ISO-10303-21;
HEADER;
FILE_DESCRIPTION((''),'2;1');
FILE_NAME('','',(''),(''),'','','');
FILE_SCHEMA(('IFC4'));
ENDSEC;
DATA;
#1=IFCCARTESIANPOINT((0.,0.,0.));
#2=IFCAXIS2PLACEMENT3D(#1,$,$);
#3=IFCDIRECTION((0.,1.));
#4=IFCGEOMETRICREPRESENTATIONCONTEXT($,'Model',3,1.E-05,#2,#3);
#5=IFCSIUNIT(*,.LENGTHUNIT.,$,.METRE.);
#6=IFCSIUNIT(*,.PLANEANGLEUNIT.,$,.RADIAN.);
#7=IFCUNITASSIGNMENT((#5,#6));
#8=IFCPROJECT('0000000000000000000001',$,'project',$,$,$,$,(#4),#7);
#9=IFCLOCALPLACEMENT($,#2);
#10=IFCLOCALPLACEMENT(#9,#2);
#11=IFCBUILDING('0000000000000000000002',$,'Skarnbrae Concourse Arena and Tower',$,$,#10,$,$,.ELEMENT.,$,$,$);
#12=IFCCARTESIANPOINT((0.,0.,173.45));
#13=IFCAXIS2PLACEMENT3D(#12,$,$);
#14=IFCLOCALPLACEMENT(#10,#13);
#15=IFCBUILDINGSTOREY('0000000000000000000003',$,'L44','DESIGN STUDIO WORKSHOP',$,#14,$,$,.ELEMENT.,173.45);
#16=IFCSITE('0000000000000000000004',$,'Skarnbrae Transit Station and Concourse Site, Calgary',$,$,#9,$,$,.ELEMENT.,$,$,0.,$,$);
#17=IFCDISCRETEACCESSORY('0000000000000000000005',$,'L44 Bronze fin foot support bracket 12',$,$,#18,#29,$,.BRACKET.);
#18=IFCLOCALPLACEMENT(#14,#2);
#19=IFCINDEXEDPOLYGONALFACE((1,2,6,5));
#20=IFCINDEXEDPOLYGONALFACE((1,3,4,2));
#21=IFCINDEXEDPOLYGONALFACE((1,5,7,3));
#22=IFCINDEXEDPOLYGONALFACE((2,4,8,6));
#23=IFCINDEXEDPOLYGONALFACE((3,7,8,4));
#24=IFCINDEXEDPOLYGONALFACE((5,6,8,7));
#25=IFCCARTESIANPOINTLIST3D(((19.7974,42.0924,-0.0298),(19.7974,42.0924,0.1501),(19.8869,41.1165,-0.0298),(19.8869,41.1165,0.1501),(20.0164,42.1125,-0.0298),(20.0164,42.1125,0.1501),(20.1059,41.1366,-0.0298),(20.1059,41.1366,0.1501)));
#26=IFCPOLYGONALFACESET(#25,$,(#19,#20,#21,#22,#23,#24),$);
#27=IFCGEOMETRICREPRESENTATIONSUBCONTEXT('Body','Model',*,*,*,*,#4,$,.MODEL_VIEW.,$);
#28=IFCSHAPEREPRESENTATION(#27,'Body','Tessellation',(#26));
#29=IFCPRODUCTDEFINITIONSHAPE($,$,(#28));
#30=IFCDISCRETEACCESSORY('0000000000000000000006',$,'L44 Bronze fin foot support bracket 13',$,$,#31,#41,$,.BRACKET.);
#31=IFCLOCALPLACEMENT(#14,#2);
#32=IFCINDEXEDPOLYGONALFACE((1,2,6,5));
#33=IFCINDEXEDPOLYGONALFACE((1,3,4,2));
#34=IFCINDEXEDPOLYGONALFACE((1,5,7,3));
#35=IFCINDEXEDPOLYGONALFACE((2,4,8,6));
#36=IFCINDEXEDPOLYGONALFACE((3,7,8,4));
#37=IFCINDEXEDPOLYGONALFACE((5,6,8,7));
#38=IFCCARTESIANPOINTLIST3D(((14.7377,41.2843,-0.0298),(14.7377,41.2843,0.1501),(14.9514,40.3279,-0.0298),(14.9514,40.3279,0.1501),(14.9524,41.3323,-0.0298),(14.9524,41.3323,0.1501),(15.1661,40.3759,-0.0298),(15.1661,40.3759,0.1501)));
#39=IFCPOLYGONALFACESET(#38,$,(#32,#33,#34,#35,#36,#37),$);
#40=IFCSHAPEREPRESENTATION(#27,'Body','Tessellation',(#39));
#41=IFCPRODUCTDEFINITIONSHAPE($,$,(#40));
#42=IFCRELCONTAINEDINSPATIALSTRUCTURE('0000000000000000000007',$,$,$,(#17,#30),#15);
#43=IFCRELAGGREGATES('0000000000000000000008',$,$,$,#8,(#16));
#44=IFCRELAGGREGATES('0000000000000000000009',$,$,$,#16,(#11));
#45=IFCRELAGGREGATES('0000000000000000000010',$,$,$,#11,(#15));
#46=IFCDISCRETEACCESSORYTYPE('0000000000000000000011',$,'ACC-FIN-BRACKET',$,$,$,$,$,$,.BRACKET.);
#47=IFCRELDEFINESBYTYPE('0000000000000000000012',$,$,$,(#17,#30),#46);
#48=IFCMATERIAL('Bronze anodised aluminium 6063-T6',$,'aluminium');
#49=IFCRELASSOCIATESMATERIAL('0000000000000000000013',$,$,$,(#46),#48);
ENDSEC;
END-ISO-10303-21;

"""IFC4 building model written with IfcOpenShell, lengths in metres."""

from ifc_helpers import new_model, si_unit, direction, frame, origin, origin_2d, place, context, subcontext, project, spatial, rectangle, extrude, source, transform, mapped, material, type_object, element, save


model = new_model("IFC4")

# Units and contexts
model_context = context("Model", 3, precision=1e-05, world=origin(), true_north=direction((0.0, 1.0)))
body_context = subcontext(model_context, "Body", "Model", "MODEL_VIEW")
ifc_project = project(units=[si_unit("LENGTHUNIT", "METRE"), si_unit("PLANEANGLEUNIT", "RADIAN")], contexts=[model_context])

# Site, building, storey
site_placement = place(None, origin())
site = spatial("IfcSite", under=ifc_project, at=site_placement, Name="Skarnbrae Transit Station and Concourse Site, Calgary", CompositionType="ELEMENT", RefElevation=0.0)
building_placement = place(site_placement, origin())
building = spatial("IfcBuilding", under=site, at=building_placement, Name="Skarnbrae Concourse Arena and Tower", CompositionType="ELEMENT")
storey_placement = place(building_placement, frame((0.0, 0.0, 173.45)))
storey = spatial("IfcBuildingStorey", under=building, at=storey_placement, Name="L44", Description="DESIGN STUDIO WORKSHOP", CompositionType="ELEMENT", Elevation=173.45)

# Shared definitions
ifc_material_1 = material(Name="Bronze anodised aluminium 6063-T6", Category="aluminium")

# Discrete accessories
discrete_accessory_type = type_object("IfcDiscreteAccessoryType", Name="ACC-FIN-BRACKET", PredefinedType="BRACKET", material=ifc_material_1)
shared_shape_1 = source(origin(), body_context, "Body", "SweptSolid", [
    extrude(rectangle(XDim=0.22, YDim=0.98, at=origin_2d()), origin(), (0.0, 0.0, 1.0), 0.1799),
])
for number, where, z_axis, x_axis, name in (
    (1, (19.9517, 41.6145, -0.0298), (0.0, 0.0, 1.0), (0.995819, 0.091345, 0.0), "L44 Bronze fin foot support bracket 12"),
    (2, (14.9519, 40.8301, -0.0298), (0.0, 0.0, 1.0), (0.975936, 0.218058, 0.0), "L44 Bronze fin foot support bracket 13"),
):
    element("IfcDiscreteAccessory", number, at=place(storey_placement, frame(where, z_axis=z_axis, x_axis=x_axis)), inside=storey, type_object=discrete_accessory_type, Name=name, PredefinedType="BRACKET", context=body_context, shape_type="MappedRepresentation", body=[
        mapped(shared_shape_1, transform((0.0, 0.0, 0.0))),
    ])

save(model, "model.ifc")
